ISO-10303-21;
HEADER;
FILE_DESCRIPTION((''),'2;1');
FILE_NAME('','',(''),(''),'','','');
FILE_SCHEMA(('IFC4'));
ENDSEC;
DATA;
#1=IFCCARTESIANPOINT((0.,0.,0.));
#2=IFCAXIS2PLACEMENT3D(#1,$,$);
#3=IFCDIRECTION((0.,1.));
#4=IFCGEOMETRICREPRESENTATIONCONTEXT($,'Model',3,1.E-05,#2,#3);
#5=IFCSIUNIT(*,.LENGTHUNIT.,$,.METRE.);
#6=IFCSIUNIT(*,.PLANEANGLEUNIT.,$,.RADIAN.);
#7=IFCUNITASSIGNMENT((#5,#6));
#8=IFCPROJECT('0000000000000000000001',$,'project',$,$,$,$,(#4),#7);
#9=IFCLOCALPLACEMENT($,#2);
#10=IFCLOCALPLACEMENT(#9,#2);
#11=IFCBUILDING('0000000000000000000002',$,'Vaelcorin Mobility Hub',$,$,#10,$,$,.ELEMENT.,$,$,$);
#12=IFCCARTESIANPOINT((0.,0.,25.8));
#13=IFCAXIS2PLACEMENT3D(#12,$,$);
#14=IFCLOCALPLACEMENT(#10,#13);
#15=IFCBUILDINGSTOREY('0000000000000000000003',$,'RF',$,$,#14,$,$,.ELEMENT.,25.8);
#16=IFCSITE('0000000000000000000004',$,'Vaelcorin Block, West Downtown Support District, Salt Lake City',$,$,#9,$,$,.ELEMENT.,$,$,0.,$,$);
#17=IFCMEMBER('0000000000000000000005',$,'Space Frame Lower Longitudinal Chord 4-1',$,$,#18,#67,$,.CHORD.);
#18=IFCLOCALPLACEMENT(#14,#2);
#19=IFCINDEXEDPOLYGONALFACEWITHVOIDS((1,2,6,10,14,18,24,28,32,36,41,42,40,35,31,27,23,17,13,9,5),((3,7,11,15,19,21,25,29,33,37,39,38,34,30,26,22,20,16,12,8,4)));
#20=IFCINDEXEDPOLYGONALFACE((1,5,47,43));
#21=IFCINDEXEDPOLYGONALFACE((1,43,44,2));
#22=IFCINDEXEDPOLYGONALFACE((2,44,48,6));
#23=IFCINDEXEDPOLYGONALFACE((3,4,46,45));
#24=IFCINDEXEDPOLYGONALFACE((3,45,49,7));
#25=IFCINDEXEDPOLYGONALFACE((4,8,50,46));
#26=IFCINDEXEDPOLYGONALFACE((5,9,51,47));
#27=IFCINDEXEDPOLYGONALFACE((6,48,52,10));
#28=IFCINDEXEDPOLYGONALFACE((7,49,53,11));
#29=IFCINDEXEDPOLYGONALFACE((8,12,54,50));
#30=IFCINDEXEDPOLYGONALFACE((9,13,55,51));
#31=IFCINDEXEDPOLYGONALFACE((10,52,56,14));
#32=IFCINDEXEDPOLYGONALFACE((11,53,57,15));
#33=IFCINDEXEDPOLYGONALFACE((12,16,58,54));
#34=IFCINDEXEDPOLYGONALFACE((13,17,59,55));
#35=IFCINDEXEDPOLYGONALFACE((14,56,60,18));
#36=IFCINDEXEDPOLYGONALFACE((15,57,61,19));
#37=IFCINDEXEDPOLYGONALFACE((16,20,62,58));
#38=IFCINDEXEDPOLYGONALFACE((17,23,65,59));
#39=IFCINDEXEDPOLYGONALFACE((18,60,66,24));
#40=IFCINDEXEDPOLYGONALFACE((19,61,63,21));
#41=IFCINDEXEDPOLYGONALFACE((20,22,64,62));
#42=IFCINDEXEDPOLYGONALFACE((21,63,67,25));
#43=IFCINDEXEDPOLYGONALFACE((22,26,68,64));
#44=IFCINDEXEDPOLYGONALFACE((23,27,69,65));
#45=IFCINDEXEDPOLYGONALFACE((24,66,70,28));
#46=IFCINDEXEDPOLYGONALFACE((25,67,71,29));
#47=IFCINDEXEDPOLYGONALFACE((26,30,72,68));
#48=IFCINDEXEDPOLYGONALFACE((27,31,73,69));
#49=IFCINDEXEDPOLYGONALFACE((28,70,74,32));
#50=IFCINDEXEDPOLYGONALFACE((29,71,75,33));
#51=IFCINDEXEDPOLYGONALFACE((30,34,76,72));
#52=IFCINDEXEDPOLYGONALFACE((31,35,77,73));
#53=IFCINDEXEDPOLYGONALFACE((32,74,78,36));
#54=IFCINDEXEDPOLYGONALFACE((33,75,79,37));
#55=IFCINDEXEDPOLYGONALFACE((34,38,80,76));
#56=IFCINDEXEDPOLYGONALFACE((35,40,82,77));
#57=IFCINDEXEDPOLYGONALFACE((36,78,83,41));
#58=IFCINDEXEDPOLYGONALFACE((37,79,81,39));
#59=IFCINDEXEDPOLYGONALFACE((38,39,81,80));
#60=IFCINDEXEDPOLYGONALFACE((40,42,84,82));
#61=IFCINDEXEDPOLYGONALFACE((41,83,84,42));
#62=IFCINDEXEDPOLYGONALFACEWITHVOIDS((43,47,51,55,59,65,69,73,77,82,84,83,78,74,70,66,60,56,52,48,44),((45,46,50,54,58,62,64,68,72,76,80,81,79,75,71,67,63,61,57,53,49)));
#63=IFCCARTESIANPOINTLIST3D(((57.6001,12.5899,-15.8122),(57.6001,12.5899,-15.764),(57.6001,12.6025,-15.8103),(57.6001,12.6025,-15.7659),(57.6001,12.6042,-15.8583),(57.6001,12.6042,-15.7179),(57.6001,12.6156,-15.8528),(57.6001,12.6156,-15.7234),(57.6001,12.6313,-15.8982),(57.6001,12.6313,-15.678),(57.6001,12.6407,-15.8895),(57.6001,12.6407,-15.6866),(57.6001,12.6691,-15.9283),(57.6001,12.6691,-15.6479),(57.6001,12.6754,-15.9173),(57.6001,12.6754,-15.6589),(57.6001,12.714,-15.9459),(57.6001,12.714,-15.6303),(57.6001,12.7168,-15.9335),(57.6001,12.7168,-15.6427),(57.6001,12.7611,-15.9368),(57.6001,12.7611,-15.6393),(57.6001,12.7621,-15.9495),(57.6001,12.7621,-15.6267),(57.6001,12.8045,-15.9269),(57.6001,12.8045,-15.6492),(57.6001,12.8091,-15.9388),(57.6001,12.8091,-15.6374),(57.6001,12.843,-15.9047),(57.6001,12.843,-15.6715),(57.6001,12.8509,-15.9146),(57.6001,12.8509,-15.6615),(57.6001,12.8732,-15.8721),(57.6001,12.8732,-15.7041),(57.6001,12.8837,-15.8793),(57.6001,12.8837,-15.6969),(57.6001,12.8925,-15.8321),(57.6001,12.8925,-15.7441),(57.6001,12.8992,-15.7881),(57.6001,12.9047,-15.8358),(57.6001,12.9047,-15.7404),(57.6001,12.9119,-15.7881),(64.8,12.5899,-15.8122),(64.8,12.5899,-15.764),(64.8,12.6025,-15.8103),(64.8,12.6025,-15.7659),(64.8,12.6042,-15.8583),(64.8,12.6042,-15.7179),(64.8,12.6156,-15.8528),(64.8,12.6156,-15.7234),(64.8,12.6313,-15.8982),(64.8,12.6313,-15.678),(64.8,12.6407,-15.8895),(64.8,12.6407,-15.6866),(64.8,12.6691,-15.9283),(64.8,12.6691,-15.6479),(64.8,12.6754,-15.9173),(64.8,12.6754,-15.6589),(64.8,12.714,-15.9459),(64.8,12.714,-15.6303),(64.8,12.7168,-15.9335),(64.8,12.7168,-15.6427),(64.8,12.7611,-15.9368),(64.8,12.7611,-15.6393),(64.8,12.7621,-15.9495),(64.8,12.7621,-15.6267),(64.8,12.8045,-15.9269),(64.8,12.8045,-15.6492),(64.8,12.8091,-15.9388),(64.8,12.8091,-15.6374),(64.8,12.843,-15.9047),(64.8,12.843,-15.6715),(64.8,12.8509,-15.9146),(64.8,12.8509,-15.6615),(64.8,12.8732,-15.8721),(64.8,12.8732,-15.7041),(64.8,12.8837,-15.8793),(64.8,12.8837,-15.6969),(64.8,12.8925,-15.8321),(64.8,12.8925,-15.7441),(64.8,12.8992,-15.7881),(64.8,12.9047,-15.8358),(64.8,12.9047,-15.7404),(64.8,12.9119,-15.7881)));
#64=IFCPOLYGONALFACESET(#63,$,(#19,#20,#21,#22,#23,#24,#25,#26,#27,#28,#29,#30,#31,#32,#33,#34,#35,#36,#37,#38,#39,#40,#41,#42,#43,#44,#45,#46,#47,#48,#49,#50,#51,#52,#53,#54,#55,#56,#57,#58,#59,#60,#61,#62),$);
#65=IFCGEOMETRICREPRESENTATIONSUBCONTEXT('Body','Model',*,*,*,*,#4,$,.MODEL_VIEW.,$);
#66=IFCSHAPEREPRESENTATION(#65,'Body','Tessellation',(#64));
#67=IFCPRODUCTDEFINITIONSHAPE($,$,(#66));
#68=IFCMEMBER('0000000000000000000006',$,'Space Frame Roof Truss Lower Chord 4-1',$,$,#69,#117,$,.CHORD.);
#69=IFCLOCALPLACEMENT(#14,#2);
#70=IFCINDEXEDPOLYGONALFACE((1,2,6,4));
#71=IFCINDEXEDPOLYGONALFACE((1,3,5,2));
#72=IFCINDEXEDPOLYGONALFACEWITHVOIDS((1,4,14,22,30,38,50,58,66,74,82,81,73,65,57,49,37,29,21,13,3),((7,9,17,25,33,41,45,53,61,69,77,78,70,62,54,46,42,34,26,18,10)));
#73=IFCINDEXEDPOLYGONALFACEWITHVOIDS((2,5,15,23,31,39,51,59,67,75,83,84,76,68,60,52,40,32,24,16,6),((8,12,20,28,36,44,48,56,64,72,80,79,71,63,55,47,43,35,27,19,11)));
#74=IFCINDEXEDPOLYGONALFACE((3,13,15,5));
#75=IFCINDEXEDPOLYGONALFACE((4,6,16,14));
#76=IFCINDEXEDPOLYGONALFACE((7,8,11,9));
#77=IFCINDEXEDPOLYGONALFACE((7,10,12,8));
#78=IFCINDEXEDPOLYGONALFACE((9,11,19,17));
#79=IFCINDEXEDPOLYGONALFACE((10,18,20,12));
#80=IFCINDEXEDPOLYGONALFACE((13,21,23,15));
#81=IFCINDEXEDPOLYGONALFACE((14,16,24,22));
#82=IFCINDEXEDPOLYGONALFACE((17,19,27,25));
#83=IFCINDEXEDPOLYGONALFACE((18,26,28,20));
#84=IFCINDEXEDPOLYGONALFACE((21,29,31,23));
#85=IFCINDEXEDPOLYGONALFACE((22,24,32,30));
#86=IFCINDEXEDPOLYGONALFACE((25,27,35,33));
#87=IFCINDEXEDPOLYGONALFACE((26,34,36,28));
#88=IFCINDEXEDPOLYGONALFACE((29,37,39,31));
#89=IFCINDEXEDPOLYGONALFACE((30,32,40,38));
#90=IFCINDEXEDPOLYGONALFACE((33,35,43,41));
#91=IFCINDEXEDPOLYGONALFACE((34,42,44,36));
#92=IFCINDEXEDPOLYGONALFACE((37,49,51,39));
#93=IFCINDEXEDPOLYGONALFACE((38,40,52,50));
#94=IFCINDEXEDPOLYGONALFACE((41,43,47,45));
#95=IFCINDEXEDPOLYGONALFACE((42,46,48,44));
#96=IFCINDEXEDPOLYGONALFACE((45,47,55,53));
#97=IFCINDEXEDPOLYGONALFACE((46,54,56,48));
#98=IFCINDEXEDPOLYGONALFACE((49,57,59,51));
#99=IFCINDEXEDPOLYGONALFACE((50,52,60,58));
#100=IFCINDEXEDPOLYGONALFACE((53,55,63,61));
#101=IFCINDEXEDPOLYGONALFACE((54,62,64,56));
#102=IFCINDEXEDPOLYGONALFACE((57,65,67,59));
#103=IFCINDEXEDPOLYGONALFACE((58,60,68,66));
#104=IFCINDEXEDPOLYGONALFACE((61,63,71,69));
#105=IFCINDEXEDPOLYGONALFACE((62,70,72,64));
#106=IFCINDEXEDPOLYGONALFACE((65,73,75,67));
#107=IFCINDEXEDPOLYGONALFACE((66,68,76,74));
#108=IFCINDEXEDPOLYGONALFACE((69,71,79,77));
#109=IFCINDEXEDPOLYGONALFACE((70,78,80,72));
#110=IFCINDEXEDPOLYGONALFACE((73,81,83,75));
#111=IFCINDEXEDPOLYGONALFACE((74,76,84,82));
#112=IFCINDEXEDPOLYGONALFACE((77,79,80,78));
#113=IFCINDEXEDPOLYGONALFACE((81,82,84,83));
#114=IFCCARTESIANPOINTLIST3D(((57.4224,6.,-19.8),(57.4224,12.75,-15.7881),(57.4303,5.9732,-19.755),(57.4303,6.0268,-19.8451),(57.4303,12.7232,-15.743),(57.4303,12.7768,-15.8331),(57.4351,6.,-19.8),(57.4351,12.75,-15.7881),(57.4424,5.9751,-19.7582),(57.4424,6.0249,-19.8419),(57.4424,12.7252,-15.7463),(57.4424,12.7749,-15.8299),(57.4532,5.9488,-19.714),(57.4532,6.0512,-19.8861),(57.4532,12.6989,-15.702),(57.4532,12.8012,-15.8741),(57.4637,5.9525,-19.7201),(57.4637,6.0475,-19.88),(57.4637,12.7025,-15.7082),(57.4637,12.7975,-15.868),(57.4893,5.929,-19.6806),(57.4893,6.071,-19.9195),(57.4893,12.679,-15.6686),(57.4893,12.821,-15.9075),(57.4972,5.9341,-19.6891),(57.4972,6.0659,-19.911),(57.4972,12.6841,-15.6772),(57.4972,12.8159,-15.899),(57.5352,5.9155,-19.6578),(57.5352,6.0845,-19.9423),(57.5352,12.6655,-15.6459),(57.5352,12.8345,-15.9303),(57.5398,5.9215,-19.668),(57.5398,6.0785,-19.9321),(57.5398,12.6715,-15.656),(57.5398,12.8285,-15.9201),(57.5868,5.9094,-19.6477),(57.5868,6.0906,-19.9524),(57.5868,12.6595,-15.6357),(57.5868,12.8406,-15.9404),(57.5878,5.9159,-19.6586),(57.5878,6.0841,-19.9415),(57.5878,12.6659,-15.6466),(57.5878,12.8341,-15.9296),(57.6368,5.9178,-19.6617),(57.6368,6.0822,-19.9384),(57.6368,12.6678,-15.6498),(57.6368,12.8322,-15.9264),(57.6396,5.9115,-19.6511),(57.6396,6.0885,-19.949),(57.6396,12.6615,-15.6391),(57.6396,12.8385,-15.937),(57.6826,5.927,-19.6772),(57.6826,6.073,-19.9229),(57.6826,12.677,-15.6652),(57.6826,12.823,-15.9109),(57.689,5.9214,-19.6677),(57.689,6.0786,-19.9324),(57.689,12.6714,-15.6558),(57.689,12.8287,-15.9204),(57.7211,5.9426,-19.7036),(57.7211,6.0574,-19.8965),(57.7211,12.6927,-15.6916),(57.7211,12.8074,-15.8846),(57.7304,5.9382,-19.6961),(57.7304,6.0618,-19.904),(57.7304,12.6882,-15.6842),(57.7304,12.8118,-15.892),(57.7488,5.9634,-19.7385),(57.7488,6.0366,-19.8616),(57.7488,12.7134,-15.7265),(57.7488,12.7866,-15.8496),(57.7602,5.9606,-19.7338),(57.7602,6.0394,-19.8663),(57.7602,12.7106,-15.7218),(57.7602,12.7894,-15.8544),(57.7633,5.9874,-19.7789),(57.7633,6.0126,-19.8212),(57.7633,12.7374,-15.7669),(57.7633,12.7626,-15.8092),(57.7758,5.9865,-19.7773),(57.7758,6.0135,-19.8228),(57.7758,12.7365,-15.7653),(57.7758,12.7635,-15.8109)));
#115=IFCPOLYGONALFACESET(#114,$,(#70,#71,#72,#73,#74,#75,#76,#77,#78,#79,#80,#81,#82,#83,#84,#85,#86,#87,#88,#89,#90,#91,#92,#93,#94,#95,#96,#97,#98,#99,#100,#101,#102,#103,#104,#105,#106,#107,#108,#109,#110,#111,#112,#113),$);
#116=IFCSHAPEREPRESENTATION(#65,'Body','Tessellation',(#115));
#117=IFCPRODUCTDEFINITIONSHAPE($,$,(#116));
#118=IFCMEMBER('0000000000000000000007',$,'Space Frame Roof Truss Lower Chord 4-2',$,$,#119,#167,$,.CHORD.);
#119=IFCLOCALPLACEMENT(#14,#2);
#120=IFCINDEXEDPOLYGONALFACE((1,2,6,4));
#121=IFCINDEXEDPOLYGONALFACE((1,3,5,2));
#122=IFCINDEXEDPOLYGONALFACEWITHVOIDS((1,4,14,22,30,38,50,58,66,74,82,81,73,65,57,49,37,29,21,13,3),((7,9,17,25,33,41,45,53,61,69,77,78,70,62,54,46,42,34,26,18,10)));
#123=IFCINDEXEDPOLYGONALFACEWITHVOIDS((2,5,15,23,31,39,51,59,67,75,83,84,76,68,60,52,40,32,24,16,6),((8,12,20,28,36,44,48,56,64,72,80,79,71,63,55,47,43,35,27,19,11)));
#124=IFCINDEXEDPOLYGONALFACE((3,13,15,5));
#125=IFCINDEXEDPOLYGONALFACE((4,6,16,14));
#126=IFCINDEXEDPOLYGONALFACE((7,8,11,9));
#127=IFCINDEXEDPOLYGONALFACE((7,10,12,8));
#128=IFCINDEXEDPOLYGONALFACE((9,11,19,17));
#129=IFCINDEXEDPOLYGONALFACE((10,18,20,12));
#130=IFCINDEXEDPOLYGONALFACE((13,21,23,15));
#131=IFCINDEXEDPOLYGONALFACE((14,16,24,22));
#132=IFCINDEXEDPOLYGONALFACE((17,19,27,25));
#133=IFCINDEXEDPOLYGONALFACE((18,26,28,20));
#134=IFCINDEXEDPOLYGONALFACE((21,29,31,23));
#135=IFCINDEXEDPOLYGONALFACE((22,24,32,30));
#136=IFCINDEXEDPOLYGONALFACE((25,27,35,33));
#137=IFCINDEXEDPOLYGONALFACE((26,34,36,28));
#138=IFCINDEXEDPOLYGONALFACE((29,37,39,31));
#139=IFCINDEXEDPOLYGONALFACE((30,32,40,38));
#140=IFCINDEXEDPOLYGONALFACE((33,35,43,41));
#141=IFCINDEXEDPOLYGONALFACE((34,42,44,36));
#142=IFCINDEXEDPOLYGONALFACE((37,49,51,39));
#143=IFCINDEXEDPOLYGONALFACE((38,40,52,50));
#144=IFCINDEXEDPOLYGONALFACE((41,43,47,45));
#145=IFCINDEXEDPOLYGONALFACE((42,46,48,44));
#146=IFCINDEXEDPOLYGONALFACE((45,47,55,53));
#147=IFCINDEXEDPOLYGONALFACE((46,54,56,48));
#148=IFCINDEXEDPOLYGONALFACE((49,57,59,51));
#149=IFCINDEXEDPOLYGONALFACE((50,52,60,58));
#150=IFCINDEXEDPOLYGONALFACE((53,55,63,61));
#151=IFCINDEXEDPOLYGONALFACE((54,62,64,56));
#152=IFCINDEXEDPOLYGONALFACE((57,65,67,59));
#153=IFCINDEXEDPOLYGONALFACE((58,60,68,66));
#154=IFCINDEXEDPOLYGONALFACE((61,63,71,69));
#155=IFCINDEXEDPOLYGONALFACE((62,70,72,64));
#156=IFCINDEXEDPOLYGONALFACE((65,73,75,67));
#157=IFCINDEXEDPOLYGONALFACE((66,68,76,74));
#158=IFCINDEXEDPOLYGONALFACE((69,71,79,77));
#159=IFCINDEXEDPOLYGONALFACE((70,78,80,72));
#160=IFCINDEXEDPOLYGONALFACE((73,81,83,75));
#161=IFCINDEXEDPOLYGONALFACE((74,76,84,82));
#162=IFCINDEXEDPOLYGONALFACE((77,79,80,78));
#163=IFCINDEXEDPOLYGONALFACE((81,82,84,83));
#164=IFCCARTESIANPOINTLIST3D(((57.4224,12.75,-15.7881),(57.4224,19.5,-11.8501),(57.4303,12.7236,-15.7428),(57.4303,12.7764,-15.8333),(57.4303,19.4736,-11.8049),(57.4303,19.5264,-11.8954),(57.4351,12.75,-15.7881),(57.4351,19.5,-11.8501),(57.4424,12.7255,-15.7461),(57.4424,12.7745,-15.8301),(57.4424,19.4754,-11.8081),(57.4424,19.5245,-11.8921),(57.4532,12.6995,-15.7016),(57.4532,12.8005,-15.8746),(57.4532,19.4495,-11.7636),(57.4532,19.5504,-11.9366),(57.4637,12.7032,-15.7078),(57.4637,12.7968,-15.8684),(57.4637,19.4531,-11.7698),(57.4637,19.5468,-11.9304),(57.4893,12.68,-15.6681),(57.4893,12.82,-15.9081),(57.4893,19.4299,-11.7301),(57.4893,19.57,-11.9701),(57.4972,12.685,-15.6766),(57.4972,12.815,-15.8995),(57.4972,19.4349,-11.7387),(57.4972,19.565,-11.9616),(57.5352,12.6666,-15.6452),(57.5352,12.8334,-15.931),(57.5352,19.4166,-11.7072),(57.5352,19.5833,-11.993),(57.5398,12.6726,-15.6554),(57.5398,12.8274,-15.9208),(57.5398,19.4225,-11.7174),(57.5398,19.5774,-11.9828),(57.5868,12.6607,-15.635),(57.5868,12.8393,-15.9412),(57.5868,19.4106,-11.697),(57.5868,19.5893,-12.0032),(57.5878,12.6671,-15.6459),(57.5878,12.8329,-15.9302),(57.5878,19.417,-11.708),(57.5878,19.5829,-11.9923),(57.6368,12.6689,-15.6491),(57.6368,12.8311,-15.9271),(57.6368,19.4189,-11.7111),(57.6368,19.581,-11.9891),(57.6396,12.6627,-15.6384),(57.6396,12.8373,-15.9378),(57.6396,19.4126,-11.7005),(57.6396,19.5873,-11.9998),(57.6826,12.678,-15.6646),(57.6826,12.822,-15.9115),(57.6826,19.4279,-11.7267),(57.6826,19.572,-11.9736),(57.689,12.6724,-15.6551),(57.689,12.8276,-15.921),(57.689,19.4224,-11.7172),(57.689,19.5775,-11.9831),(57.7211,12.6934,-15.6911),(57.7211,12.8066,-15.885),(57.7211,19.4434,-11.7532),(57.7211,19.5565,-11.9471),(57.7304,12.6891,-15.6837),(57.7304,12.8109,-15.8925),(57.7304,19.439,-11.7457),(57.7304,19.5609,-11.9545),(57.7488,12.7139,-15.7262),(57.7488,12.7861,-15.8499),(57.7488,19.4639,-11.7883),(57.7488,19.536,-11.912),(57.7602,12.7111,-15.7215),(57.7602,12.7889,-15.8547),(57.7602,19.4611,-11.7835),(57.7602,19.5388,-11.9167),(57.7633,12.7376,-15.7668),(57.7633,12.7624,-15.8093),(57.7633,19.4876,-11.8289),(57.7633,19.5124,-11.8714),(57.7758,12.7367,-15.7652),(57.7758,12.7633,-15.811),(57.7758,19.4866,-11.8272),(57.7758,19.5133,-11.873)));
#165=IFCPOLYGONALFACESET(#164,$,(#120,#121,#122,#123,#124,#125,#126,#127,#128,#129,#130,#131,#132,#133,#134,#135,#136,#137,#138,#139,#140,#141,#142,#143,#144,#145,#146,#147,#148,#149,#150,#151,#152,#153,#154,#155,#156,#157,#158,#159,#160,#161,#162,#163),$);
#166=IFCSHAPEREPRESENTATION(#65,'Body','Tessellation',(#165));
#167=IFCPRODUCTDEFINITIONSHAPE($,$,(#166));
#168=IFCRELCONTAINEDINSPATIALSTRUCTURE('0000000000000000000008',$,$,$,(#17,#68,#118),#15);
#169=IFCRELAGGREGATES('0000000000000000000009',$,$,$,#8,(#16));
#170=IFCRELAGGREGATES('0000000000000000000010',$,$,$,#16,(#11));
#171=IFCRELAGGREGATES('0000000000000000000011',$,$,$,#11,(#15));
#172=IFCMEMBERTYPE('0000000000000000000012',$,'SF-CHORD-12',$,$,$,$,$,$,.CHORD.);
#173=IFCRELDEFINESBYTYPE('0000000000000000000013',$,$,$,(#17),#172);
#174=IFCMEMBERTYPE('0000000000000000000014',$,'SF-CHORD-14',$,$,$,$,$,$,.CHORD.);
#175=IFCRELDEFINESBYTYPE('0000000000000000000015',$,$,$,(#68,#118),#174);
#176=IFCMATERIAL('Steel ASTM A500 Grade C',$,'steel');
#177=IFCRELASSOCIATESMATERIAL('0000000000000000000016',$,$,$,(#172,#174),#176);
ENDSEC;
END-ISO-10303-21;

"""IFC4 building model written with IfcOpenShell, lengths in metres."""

from ifc_helpers import new_model, si_unit, direction, frame, origin, origin_2d, place, context, subcontext, project, spatial, hollow_circle, extrude, material, material_profile, profile_set, type_object, element, save


model = new_model("IFC4")

# Units and contexts
model_context = context("Model", 3, precision=1e-05, world=origin(), true_north=direction((0.0, 1.0)))
body_context = subcontext(model_context, "Body", "Model", "MODEL_VIEW")
ifc_project = project(units=[si_unit("LENGTHUNIT", "METRE"), si_unit("PLANEANGLEUNIT", "RADIAN")], contexts=[model_context])

# Site, building, storey
site_placement = place(None, origin())
site = spatial("IfcSite", under=ifc_project, at=site_placement, Name="Vaelcorin Block, West Downtown Support District, Salt Lake City", CompositionType="ELEMENT", RefElevation=0.0)
building_placement = place(site_placement, origin())
building = spatial("IfcBuilding", under=site, at=building_placement, Name="Vaelcorin Mobility Hub", CompositionType="ELEMENT")
storey_placement = place(building_placement, frame((0.0, 0.0, 25.8)))
storey = spatial("IfcBuildingStorey", under=building, at=storey_placement, Name="RF", CompositionType="ELEMENT", Elevation=25.8)

# Members
ifc_material_1 = material(Name="Steel ASTM A500 Grade C", Category="steel")
ifc_material_profile_1 = material_profile(ifc_material_1, hollow_circle(Radius=0.1619, WallThickness=0.0127, at=origin_2d()), Name="HSS12.750X0.500")
ifc_profile_set_1 = profile_set([ifc_material_profile_1], Name="Steel ASTM A500 Grade C")
member_type_1 = type_object("IfcMemberType", Name="SF-CHORD-12", PredefinedType="CHORD", material=ifc_profile_set_1)
member_1_placement = place(storey_placement, frame((57.6001, 12.75, -15.7881), z_axis=(1.0, 0.0, 0.0), x_axis=(0.0, 1.0, 0.0)))
element("IfcMember", 1, at=member_1_placement, inside=storey, type_object=member_type_1, Name="Space Frame Lower Longitudinal Chord 4-1", PredefinedType="CHORD", context=body_context, shape_type="SweptSolid", body=[
    extrude(hollow_circle(Radius=0.1619, WallThickness=0.0127, at=origin_2d()), origin(), (0.0, 0.0, 1.0), 7.2),
])
ifc_material_profile_2 = material_profile(ifc_material_1, hollow_circle(Radius=0.1777, WallThickness=0.0127, at=origin_2d()), Name="HSS14.000X0.500")
ifc_profile_set_2 = profile_set([ifc_material_profile_2], Name="Steel ASTM A500 Grade C")
member_type_2 = type_object("IfcMemberType", Name="SF-CHORD-14", PredefinedType="CHORD", material=ifc_profile_set_2)
member_2_placement = place(storey_placement, frame((57.6001, 6.0, -19.8), z_axis=(0.0, 0.859623, 0.510929), x_axis=(-1.0, 0.0, 0.0)))
element("IfcMember", 2, at=member_2_placement, inside=storey, type_object=member_type_2, Name="Space Frame Roof Truss Lower Chord 4-1", PredefinedType="CHORD", context=body_context, shape_type="SweptSolid", body=[
    extrude(hollow_circle(Radius=0.1777, WallThickness=0.0127, at=origin_2d()), origin(), (0.0, 0.0, 1.0), 7.8523),
])
member_3_placement = place(storey_placement, frame((57.6001, 12.75, -15.7881), z_axis=(0.0, 0.863752, 0.503918), x_axis=(-1.0, 0.0, 0.0)))
element("IfcMember", 3, at=member_3_placement, inside=storey, type_object=member_type_2, Name="Space Frame Roof Truss Lower Chord 4-2", PredefinedType="CHORD", context=body_context, shape_type="SweptSolid", body=[
    extrude(hollow_circle(Radius=0.1777, WallThickness=0.0127, at=origin_2d()), origin(), (0.0, 0.0, 1.0), 7.8147),
])

save(model, "model.ifc")
